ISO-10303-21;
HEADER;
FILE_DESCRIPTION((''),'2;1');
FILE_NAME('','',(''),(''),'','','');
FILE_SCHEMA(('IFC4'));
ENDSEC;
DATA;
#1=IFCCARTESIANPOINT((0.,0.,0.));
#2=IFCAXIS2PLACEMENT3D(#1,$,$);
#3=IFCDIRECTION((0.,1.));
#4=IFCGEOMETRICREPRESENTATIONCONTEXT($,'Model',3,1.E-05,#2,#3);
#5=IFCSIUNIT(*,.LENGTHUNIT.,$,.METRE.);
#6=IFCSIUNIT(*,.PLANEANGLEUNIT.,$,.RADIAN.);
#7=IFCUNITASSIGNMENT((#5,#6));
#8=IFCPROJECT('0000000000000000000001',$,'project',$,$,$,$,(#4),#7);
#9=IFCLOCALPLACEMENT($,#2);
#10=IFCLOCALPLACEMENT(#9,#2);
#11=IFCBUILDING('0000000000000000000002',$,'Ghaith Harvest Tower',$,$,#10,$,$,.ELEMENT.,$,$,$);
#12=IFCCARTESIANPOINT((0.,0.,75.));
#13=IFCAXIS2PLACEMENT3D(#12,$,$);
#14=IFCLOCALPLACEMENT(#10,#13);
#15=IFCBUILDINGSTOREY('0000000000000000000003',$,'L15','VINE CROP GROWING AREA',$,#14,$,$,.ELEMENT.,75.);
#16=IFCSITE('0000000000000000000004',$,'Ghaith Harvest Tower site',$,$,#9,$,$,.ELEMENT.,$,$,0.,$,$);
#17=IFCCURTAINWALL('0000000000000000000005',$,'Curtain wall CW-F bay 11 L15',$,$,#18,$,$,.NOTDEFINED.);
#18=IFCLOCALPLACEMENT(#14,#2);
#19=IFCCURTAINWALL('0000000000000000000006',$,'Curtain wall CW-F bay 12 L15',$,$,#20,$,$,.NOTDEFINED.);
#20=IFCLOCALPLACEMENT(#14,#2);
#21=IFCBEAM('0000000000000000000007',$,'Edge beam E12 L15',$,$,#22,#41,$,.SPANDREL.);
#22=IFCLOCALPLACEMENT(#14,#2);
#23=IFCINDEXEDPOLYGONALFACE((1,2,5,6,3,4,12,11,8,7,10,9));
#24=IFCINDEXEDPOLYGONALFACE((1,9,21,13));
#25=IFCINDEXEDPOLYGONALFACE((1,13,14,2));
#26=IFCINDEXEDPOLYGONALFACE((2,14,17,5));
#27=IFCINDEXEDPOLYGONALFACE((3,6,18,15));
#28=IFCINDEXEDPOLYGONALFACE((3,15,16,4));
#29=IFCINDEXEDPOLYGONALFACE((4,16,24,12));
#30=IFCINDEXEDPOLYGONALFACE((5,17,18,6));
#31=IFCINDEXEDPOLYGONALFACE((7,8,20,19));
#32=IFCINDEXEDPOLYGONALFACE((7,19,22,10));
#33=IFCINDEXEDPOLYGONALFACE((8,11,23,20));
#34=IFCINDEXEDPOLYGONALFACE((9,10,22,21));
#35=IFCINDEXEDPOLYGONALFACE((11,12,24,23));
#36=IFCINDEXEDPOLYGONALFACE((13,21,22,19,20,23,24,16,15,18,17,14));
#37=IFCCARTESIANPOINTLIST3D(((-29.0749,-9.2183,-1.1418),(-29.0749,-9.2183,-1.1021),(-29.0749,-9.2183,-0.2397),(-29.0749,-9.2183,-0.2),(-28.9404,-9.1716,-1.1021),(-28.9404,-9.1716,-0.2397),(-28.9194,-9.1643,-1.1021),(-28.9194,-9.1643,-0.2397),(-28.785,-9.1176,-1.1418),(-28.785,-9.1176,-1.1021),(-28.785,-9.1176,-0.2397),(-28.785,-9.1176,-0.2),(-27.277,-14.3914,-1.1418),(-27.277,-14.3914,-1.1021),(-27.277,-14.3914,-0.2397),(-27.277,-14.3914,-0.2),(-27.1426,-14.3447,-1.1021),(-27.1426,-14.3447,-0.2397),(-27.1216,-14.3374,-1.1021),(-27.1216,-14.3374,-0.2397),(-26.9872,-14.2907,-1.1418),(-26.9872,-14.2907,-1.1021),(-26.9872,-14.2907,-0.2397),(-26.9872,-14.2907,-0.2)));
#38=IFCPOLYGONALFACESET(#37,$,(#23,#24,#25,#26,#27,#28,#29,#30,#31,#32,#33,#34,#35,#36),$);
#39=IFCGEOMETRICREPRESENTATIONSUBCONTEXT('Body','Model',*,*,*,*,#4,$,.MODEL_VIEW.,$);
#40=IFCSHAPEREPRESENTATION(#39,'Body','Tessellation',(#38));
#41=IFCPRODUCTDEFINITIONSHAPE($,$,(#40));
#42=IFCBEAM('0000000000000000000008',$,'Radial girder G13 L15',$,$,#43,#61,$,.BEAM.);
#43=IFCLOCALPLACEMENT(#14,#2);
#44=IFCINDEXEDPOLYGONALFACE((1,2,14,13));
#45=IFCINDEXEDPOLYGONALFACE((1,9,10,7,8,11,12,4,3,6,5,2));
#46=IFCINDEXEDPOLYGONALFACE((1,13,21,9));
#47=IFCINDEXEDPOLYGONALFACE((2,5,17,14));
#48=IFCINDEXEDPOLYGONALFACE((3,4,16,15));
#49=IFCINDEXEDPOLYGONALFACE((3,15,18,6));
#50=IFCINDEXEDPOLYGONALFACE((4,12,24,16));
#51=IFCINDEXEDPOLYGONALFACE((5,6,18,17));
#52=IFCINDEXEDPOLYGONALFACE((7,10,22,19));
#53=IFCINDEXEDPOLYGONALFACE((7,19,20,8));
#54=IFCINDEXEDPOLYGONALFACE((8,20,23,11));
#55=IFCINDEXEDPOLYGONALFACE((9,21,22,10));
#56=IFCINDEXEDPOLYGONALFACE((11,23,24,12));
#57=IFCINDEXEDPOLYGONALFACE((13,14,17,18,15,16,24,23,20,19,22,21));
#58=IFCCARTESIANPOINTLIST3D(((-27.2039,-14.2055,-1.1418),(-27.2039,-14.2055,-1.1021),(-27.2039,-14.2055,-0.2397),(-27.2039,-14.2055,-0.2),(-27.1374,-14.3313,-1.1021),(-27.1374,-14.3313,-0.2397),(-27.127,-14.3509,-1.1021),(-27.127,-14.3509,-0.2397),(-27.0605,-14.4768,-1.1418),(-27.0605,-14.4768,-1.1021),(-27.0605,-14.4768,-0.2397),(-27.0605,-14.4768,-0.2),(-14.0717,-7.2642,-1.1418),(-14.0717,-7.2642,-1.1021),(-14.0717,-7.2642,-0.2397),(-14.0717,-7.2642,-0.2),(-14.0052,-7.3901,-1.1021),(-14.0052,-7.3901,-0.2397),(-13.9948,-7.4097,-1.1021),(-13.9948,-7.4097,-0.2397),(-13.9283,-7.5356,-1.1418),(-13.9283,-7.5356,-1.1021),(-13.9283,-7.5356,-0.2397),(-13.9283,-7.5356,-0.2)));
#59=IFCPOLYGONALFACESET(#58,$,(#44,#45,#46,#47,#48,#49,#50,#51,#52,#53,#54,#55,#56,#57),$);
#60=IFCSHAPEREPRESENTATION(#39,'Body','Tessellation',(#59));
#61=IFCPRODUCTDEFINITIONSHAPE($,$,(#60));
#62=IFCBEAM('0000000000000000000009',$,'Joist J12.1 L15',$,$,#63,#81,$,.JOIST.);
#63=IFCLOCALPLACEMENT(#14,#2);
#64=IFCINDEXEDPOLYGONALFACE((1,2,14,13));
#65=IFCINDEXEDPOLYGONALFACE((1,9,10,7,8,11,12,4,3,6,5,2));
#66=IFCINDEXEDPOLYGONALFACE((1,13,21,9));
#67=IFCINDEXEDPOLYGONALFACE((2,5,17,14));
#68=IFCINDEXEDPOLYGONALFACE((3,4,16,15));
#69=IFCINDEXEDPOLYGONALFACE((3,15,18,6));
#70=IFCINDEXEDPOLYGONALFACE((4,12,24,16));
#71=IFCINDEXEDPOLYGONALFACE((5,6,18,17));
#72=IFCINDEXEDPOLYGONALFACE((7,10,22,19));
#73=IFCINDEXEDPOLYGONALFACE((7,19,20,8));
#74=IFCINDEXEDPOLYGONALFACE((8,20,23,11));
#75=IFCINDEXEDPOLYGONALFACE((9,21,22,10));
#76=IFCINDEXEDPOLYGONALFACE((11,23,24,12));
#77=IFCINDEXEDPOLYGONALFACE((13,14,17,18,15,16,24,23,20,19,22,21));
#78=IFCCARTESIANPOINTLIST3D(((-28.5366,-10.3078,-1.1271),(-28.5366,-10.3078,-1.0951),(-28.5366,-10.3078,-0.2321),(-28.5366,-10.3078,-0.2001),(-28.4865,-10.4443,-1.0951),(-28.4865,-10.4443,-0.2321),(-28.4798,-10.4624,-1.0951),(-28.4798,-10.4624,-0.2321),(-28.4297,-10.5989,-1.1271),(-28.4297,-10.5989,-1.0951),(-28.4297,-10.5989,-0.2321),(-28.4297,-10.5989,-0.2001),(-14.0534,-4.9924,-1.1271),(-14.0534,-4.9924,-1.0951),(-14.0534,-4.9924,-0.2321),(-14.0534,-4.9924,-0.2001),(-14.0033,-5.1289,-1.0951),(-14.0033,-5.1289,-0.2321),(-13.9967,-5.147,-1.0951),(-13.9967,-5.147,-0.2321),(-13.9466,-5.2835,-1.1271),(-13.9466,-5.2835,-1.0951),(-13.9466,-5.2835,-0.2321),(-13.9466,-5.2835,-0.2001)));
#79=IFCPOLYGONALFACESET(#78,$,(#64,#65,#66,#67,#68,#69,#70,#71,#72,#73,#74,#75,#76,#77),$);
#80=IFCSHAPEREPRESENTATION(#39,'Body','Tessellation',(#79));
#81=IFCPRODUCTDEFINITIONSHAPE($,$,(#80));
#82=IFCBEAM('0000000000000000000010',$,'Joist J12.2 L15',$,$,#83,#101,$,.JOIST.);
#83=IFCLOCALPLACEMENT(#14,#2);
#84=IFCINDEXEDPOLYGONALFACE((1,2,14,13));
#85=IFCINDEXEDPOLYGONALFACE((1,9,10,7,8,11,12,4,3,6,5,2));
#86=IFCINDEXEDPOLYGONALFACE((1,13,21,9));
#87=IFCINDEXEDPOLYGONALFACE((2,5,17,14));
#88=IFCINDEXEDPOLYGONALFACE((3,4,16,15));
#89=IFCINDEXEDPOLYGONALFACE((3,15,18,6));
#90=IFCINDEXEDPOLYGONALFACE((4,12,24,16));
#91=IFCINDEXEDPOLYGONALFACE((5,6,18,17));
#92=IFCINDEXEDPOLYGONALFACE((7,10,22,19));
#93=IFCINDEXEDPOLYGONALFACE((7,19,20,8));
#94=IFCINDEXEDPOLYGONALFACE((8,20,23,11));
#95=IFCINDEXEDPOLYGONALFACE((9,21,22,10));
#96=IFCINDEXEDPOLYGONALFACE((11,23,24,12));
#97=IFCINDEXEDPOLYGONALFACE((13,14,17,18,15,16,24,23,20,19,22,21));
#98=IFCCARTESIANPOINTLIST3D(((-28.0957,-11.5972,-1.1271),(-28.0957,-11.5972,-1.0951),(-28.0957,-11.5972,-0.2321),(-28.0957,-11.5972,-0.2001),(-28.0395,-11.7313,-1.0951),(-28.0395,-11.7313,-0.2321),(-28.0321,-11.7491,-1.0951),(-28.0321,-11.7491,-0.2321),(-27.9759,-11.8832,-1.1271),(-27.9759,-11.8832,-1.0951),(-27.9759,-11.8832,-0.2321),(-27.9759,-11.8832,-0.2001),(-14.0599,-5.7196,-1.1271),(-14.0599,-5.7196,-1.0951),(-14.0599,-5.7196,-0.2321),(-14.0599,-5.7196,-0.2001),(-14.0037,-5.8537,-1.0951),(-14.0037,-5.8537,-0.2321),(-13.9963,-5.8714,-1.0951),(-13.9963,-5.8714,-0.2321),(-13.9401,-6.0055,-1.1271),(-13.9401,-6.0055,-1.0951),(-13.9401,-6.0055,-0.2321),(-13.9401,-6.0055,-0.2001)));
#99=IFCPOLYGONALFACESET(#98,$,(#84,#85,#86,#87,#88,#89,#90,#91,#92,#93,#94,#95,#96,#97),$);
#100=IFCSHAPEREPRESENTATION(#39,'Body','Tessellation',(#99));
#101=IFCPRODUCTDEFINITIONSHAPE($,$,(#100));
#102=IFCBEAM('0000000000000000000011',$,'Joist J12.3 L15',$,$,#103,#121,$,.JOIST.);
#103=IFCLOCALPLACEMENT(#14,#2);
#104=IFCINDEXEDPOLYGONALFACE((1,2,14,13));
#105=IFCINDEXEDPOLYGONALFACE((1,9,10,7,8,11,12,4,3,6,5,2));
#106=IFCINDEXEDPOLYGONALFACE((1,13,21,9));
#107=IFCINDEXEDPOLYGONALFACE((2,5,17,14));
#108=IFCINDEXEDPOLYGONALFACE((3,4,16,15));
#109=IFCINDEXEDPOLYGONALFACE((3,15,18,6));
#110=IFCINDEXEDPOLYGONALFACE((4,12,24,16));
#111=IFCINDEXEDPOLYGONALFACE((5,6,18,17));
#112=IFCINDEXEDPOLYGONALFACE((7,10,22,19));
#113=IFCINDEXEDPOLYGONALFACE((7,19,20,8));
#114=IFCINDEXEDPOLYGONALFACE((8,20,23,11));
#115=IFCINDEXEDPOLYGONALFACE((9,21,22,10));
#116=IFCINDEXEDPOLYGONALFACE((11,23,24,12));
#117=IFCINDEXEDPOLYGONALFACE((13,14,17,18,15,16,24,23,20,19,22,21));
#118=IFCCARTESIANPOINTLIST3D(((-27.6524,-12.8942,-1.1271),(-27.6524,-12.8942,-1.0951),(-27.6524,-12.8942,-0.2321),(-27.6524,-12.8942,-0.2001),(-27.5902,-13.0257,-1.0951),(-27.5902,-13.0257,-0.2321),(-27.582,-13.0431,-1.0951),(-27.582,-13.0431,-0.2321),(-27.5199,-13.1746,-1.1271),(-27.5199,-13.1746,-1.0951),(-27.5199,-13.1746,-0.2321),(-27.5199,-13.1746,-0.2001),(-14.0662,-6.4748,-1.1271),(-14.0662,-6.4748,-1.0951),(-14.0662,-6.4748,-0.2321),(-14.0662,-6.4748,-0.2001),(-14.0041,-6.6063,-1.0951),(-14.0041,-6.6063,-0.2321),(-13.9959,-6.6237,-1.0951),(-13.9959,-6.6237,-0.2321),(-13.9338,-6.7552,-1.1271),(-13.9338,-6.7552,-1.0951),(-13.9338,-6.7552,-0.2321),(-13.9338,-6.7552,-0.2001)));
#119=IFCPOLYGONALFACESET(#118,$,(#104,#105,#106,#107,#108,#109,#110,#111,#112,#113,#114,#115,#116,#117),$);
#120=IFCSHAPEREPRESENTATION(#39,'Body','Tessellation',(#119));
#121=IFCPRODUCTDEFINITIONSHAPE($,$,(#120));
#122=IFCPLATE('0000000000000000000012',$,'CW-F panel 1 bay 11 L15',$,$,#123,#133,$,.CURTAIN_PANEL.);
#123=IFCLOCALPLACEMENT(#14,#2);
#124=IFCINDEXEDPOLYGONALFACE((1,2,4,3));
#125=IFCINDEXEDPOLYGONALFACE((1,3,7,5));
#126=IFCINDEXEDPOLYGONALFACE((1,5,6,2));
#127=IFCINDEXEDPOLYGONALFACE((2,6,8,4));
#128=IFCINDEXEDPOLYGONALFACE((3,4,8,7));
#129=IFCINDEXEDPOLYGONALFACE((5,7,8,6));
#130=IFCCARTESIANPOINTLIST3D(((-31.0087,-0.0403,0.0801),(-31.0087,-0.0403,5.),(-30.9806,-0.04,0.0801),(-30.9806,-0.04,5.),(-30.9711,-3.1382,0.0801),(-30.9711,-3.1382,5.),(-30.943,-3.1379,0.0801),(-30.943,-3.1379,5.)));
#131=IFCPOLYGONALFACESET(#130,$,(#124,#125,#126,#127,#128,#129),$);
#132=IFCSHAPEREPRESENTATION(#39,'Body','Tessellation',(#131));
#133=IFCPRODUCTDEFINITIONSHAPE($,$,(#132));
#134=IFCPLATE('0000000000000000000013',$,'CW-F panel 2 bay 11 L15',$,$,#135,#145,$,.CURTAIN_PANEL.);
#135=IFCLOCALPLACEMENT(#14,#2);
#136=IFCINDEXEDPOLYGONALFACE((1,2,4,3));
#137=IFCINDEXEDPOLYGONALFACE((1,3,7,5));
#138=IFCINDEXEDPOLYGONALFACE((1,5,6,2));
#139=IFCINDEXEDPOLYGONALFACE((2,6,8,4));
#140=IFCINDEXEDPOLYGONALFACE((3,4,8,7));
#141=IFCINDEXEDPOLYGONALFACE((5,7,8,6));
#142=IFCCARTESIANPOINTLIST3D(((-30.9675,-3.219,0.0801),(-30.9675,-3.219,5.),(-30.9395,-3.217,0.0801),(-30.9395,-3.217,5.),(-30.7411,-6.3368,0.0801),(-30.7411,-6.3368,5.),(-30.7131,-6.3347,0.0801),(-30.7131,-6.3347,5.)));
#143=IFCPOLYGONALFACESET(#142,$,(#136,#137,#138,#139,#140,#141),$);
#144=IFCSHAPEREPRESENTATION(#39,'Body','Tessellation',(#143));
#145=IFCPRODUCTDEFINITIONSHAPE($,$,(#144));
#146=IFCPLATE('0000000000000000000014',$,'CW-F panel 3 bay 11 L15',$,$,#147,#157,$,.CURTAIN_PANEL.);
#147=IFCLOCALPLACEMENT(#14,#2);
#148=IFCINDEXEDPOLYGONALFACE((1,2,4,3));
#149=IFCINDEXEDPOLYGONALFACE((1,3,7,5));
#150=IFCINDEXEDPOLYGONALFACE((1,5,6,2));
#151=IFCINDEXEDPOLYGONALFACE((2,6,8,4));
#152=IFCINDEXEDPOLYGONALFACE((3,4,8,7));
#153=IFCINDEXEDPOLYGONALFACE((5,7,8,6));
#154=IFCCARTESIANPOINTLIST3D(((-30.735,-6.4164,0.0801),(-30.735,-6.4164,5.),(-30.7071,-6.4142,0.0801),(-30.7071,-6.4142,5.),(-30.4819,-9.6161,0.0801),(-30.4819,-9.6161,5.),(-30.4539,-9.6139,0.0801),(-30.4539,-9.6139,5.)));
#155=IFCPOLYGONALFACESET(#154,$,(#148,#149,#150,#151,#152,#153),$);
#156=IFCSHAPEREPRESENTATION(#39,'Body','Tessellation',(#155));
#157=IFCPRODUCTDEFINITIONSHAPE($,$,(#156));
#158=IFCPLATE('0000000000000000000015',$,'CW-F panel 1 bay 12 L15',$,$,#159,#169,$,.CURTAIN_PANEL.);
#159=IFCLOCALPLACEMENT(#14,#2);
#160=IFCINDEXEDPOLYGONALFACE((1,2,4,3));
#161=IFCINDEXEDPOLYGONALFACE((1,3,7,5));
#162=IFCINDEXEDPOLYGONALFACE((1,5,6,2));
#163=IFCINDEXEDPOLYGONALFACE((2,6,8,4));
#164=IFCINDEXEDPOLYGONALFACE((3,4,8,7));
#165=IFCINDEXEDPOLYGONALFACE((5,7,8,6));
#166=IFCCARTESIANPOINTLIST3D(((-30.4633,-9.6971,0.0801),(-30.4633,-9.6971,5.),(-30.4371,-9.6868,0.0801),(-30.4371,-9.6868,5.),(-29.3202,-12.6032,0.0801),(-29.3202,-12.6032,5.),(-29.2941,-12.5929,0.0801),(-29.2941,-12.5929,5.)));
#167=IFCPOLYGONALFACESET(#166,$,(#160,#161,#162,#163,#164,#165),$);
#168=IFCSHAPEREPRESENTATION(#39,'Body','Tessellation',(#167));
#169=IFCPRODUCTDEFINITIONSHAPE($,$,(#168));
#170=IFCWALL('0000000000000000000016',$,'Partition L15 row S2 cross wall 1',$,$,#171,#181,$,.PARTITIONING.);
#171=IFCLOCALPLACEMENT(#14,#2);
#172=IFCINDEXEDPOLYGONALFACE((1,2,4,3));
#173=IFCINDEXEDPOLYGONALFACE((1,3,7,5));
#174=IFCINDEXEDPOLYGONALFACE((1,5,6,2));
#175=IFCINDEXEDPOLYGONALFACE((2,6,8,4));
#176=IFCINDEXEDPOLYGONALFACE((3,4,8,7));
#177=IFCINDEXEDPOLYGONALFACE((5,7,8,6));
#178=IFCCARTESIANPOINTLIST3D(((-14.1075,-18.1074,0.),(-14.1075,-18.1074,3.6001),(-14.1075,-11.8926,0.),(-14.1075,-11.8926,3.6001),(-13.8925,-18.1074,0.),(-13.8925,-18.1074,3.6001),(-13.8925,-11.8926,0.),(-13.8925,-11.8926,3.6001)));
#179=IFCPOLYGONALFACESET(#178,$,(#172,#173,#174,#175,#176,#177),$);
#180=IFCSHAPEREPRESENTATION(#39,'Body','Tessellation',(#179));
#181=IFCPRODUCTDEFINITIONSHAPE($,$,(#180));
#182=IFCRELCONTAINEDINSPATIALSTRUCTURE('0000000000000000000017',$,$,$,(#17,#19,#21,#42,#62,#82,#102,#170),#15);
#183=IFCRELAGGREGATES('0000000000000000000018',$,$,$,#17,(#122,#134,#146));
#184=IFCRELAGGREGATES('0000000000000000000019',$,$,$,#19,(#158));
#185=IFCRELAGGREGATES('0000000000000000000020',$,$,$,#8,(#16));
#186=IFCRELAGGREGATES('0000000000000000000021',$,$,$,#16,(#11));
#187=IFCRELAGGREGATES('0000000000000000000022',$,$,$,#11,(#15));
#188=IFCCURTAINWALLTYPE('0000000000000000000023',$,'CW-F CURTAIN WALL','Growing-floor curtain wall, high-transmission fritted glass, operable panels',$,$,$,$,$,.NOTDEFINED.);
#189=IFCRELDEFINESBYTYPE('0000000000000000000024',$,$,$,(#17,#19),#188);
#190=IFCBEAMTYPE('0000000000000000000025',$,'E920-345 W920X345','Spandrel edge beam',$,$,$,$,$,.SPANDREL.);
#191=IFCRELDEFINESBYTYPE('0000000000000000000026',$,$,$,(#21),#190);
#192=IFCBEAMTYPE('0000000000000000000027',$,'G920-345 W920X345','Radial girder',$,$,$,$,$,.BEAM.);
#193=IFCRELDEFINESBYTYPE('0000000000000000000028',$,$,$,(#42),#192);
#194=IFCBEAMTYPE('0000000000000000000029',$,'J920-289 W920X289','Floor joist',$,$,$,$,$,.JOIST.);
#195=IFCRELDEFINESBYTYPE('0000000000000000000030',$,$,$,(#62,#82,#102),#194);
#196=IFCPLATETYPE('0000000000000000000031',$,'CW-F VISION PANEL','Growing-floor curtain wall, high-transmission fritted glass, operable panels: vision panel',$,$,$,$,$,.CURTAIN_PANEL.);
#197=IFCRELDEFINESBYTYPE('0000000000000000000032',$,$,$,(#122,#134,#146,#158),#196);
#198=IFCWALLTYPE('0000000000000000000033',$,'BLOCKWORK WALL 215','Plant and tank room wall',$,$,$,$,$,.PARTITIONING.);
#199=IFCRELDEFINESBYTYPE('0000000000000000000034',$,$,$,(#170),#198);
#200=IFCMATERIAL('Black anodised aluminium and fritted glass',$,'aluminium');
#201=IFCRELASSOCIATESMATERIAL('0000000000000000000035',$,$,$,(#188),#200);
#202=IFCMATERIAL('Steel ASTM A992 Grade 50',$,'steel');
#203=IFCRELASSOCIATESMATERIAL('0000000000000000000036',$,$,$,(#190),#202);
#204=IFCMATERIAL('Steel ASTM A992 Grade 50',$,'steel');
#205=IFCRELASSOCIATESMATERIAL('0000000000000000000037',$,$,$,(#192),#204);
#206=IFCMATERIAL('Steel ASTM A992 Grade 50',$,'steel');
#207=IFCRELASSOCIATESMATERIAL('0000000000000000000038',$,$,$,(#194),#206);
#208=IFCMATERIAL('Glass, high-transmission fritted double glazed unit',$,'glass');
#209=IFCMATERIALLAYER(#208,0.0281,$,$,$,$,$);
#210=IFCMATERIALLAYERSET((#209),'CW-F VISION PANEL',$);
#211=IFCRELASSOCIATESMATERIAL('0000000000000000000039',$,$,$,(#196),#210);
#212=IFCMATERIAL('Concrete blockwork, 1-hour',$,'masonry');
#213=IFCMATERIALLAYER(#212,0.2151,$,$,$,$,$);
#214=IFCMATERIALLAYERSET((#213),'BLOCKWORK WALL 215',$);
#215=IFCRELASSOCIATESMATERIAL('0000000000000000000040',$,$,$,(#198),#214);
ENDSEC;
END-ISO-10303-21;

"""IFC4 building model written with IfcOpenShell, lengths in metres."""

from ifc_helpers import new_model, si_unit, direction, frame, frame_2d, origin, origin_2d, place, context, subcontext, project, spatial, rectangle, i_section, extrude, material, layer, layer_set, material_profile, profile_set, type_object, element, aggregate, save


model = new_model("IFC4")

# Units and contexts
model_context = context("Model", 3, precision=1e-05, world=origin(), true_north=direction((0.0, 1.0)))
body_context = subcontext(model_context, "Body", "Model", "MODEL_VIEW")
ifc_project = project(units=[si_unit("LENGTHUNIT", "METRE"), si_unit("PLANEANGLEUNIT", "RADIAN")], contexts=[model_context])

# Site, building, storey
site_placement = place(None, origin())
site = spatial("IfcSite", under=ifc_project, at=site_placement, Name="Ghaith Harvest Tower site", CompositionType="ELEMENT", RefElevation=0.0)
building_placement = place(site_placement, origin())
building = spatial("IfcBuilding", under=site, at=building_placement, Name="Ghaith Harvest Tower", CompositionType="ELEMENT")
storey_placement = place(building_placement, frame((0.0, 0.0, 75.0)))
storey = spatial("IfcBuildingStorey", under=building, at=storey_placement, Name="L15", Description="VINE CROP GROWING AREA", CompositionType="ELEMENT", Elevation=75.0)

# Curtain walls
ifc_material_1 = material(Name="Black anodised aluminium and fritted glass", Category="aluminium")
curtain_wall_type = type_object("IfcCurtainWallType", Name="CW-F CURTAIN WALL", Description="Growing-floor curtain wall, high-transmission fritted glass, operable panels", PredefinedType="NOTDEFINED", material=ifc_material_1)
curtain_wall_1_placement = place(storey_placement, origin())
curtain_wall_1 = element("IfcCurtainWall", 1, at=curtain_wall_1_placement, inside=storey, type_object=curtain_wall_type, Name="Curtain wall CW-F bay 11 L15", PredefinedType="NOTDEFINED")
curtain_wall_2_placement = place(storey_placement, origin())
curtain_wall_2 = element("IfcCurtainWall", 2, at=curtain_wall_2_placement, inside=storey, type_object=curtain_wall_type, Name="Curtain wall CW-F bay 12 L15", PredefinedType="NOTDEFINED")

# Beams
ifc_material_2 = material(Name="Steel ASTM A992 Grade 50", Category="steel")
ifc_material_profile_1 = material_profile(ifc_material_2, i_section(OverallWidth=0.3069, OverallDepth=0.9419, WebThickness=0.0222, FlangeThickness=0.0398, at=origin_2d()), Name="W920X345")
ifc_profile_set_1 = profile_set([ifc_material_profile_1], Name="Steel ASTM A992 Grade 50")
beam_type_1 = type_object("IfcBeamType", Name="E920-345 W920X345", Description="Spandrel edge beam", PredefinedType="SPANDREL", material=ifc_profile_set_1)
beam_1_placement = place(storey_placement, frame((-28.9299, -9.168, -0.6709), z_axis=(0.328279, -0.944581, 0.0), x_axis=(0.944581, 0.328279, 0.0)))
element("IfcBeam", 3, at=beam_1_placement, inside=storey, type_object=beam_type_1, Name="Edge beam E12 L15", PredefinedType="SPANDREL", context=body_context, shape_type="SweptSolid", body=[
    extrude(i_section(OverallWidth=0.3069, OverallDepth=0.9419, WebThickness=0.0222, FlangeThickness=0.0398, at=origin_2d()), origin(), (0.0, 0.0, 1.0), 5.4766),
])
ifc_material_3 = material(Name="Steel ASTM A992 Grade 50", Category="steel")
ifc_material_profile_2 = material_profile(ifc_material_3, i_section(OverallWidth=0.3069, OverallDepth=0.9419, WebThickness=0.0222, FlangeThickness=0.0398, at=origin_2d()), Name="W920X345")
ifc_profile_set_2 = profile_set([ifc_material_profile_2], Name="Steel ASTM A992 Grade 50")
beam_type_2 = type_object("IfcBeamType", Name="G920-345 W920X345", Description="Radial girder", PredefinedType="BEAM", material=ifc_profile_set_2)
beam_2_placement = place(storey_placement, frame((-14.0, -7.3999, -0.6709), z_axis=(-0.884097, -0.467303, 0.0), x_axis=(0.467303, -0.884097, 0.0)))
element("IfcBeam", 4, at=beam_2_placement, inside=storey, type_object=beam_type_2, Name="Radial girder G13 L15", PredefinedType="BEAM", context=body_context, shape_type="SweptSolid", body=[
    extrude(i_section(OverallWidth=0.3069, OverallDepth=0.9419, WebThickness=0.0222, FlangeThickness=0.0398, at=origin_2d()), origin(), (0.0, 0.0, 1.0), 14.8538),
])
ifc_material_4 = material(Name="Steel ASTM A992 Grade 50", Category="steel")
ifc_material_profile_3 = material_profile(ifc_material_4, i_section(OverallWidth=0.3101, OverallDepth=0.927, WebThickness=0.0193, FlangeThickness=0.032, at=origin_2d()), Name="W920X289")
ifc_profile_set_3 = profile_set([ifc_material_profile_3], Name="Steel ASTM A992 Grade 50")
beam_type_3 = type_object("IfcBeamType", Name="J920-289 W920X289", Description="Floor joist", PredefinedType="JOIST", material=ifc_profile_set_3)
beam_3_placement = place(storey_placement, frame((-14.0, -5.1379, -0.6636), z_axis=(-0.938773, -0.344537, 0.0), x_axis=(0.344537, -0.938773, 0.0)))
element("IfcBeam", 5, at=beam_3_placement, inside=storey, type_object=beam_type_3, Name="Joist J12.1 L15", PredefinedType="JOIST", context=body_context, shape_type="SweptSolid", body=[
    extrude(i_section(OverallWidth=0.3101, OverallDepth=0.927, WebThickness=0.0193, FlangeThickness=0.032, at=origin_2d()), origin(), (0.0, 0.0, 1.0), 15.4277),
])
beam_4_placement = place(storey_placement, frame((-14.0, -5.8625, -0.6636), z_axis=(-0.92239, -0.386261, 0.0), x_axis=(0.386261, -0.92239, 0.0)))
element("IfcBeam", 6, at=beam_4_placement, inside=storey, type_object=beam_type_3, Name="Joist J12.2 L15", PredefinedType="JOIST", context=body_context, shape_type="SweptSolid", body=[
    extrude(i_section(OverallWidth=0.3101, OverallDepth=0.927, WebThickness=0.0193, FlangeThickness=0.032, at=origin_2d()), origin(), (0.0, 0.0, 1.0), 15.2168),
])
beam_5_placement = place(storey_placement, frame((-14.0, -6.615, -0.6636), z_axis=(-0.904153, -0.42721, 0.0), x_axis=(0.42721, -0.904153, 0.0)))
element("IfcBeam", 7, at=beam_5_placement, inside=storey, type_object=beam_type_3, Name="Joist J12.3 L15", PredefinedType="JOIST", context=body_context, shape_type="SweptSolid", body=[
    extrude(i_section(OverallWidth=0.3101, OverallDepth=0.927, WebThickness=0.0193, FlangeThickness=0.032, at=origin_2d()), origin(), (0.0, 0.0, 1.0), 15.0264),
])

# Plates
ifc_material_5 = material(Name="Glass, high-transmission fritted double glazed unit", Category="glass")
ifc_layer_1 = layer(ifc_material_5, 0.0281)
ifc_layer_set_1 = layer_set([ifc_layer_1], Name="CW-F VISION PANEL")
plate_type = type_object("IfcPlateType", Name="CW-F VISION PANEL", Description="Growing-floor curtain wall, high-transmission fritted glass, operable panels: vision panel", PredefinedType="CURTAIN_PANEL", material=ifc_layer_set_1)
plate_1_placement = place(storey_placement, frame((-30.9758, -1.5891, 0.0801), z_axis=(0.0, 0.0, 1.0), x_axis=(0.012133, -0.999926, 0.0)))
plate_1 = element("IfcPlate", 8, at=plate_1_placement, type_object=plate_type, Name="CW-F panel 1 bay 11 L15", PredefinedType="CURTAIN_PANEL", context=body_context, shape_type="SweptSolid", body=[
    extrude(rectangle(XDim=3.0981, YDim=0.0281, at=origin_2d()), origin(), (0.0, 0.0, 1.0), 4.9199),
])
plate_2_placement = place(storey_placement, frame((-30.8403, -4.7769, 0.0801), z_axis=(0.0, 0.0, 1.0), x_axis=(0.072421, -0.997374, 0.0)))
plate_2 = element("IfcPlate", 9, at=plate_2_placement, type_object=plate_type, Name="CW-F panel 2 bay 11 L15", PredefinedType="CURTAIN_PANEL", context=body_context, shape_type="SweptSolid", body=[
    extrude(rectangle(XDim=3.126, YDim=0.0281, at=origin_2d()), origin(), (0.0, 0.0, 1.0), 4.9199),
])
plate_3_placement = place(storey_placement, frame((-30.5945, -8.0151, 0.0801), z_axis=(0.0, 0.0, 1.0), x_axis=(0.078867, -0.996885, 0.0)))
plate_3 = element("IfcPlate", 10, at=plate_3_placement, type_object=plate_type, Name="CW-F panel 3 bay 11 L15", PredefinedType="CURTAIN_PANEL", context=body_context, shape_type="SweptSolid", body=[
    extrude(rectangle(XDim=3.2097, YDim=0.0281, at=origin_2d()), origin(), (0.0, 0.0, 1.0), 4.9199),
])
aggregate(curtain_wall_1, [plate_1, plate_2, plate_3])
plate_4_placement = place(storey_placement, frame((-29.8787, -11.145, 0.0801), z_axis=(0.0, 0.0, 1.0), x_axis=(0.36604, -0.930599, 0.0)))
plate_4 = element("IfcPlate", 11, at=plate_4_placement, type_object=plate_type, Name="CW-F panel 1 bay 12 L15", PredefinedType="CURTAIN_PANEL", context=body_context, shape_type="SweptSolid", body=[
    extrude(rectangle(XDim=3.1228, YDim=0.0281, at=origin_2d()), origin(), (0.0, 0.0, 1.0), 4.9199),
])
aggregate(curtain_wall_2, [plate_4])

# Wall
ifc_material_6 = material(Name="Concrete blockwork, 1-hour", Category="masonry")
ifc_layer_2 = layer(ifc_material_6, 0.2151)
ifc_layer_set_2 = layer_set([ifc_layer_2], Name="BLOCKWORK WALL 215")
wall_type_1 = type_object("IfcWallType", Name="BLOCKWORK WALL 215", Description="Plant and tank room wall", PredefinedType="PARTITIONING", material=ifc_layer_set_2)
wall_1_placement = place(storey_placement, frame((-14.0, -11.8926, 0.0), z_axis=(0.0, 0.0, 1.0), x_axis=(0.0, -1.0, 0.0)))
element("IfcWall", 12, at=wall_1_placement, inside=storey, type_object=wall_type_1, Name="Partition L15 row S2 cross wall 1", PredefinedType="PARTITIONING", context=body_context, shape_type="SweptSolid", body=[
    extrude(rectangle(XDim=6.2148, YDim=0.2151, at=frame_2d((3.1074, 0.0))), origin(), (0.0, 0.0, 1.0), 3.6001),
])

save(model, "model.ifc")
